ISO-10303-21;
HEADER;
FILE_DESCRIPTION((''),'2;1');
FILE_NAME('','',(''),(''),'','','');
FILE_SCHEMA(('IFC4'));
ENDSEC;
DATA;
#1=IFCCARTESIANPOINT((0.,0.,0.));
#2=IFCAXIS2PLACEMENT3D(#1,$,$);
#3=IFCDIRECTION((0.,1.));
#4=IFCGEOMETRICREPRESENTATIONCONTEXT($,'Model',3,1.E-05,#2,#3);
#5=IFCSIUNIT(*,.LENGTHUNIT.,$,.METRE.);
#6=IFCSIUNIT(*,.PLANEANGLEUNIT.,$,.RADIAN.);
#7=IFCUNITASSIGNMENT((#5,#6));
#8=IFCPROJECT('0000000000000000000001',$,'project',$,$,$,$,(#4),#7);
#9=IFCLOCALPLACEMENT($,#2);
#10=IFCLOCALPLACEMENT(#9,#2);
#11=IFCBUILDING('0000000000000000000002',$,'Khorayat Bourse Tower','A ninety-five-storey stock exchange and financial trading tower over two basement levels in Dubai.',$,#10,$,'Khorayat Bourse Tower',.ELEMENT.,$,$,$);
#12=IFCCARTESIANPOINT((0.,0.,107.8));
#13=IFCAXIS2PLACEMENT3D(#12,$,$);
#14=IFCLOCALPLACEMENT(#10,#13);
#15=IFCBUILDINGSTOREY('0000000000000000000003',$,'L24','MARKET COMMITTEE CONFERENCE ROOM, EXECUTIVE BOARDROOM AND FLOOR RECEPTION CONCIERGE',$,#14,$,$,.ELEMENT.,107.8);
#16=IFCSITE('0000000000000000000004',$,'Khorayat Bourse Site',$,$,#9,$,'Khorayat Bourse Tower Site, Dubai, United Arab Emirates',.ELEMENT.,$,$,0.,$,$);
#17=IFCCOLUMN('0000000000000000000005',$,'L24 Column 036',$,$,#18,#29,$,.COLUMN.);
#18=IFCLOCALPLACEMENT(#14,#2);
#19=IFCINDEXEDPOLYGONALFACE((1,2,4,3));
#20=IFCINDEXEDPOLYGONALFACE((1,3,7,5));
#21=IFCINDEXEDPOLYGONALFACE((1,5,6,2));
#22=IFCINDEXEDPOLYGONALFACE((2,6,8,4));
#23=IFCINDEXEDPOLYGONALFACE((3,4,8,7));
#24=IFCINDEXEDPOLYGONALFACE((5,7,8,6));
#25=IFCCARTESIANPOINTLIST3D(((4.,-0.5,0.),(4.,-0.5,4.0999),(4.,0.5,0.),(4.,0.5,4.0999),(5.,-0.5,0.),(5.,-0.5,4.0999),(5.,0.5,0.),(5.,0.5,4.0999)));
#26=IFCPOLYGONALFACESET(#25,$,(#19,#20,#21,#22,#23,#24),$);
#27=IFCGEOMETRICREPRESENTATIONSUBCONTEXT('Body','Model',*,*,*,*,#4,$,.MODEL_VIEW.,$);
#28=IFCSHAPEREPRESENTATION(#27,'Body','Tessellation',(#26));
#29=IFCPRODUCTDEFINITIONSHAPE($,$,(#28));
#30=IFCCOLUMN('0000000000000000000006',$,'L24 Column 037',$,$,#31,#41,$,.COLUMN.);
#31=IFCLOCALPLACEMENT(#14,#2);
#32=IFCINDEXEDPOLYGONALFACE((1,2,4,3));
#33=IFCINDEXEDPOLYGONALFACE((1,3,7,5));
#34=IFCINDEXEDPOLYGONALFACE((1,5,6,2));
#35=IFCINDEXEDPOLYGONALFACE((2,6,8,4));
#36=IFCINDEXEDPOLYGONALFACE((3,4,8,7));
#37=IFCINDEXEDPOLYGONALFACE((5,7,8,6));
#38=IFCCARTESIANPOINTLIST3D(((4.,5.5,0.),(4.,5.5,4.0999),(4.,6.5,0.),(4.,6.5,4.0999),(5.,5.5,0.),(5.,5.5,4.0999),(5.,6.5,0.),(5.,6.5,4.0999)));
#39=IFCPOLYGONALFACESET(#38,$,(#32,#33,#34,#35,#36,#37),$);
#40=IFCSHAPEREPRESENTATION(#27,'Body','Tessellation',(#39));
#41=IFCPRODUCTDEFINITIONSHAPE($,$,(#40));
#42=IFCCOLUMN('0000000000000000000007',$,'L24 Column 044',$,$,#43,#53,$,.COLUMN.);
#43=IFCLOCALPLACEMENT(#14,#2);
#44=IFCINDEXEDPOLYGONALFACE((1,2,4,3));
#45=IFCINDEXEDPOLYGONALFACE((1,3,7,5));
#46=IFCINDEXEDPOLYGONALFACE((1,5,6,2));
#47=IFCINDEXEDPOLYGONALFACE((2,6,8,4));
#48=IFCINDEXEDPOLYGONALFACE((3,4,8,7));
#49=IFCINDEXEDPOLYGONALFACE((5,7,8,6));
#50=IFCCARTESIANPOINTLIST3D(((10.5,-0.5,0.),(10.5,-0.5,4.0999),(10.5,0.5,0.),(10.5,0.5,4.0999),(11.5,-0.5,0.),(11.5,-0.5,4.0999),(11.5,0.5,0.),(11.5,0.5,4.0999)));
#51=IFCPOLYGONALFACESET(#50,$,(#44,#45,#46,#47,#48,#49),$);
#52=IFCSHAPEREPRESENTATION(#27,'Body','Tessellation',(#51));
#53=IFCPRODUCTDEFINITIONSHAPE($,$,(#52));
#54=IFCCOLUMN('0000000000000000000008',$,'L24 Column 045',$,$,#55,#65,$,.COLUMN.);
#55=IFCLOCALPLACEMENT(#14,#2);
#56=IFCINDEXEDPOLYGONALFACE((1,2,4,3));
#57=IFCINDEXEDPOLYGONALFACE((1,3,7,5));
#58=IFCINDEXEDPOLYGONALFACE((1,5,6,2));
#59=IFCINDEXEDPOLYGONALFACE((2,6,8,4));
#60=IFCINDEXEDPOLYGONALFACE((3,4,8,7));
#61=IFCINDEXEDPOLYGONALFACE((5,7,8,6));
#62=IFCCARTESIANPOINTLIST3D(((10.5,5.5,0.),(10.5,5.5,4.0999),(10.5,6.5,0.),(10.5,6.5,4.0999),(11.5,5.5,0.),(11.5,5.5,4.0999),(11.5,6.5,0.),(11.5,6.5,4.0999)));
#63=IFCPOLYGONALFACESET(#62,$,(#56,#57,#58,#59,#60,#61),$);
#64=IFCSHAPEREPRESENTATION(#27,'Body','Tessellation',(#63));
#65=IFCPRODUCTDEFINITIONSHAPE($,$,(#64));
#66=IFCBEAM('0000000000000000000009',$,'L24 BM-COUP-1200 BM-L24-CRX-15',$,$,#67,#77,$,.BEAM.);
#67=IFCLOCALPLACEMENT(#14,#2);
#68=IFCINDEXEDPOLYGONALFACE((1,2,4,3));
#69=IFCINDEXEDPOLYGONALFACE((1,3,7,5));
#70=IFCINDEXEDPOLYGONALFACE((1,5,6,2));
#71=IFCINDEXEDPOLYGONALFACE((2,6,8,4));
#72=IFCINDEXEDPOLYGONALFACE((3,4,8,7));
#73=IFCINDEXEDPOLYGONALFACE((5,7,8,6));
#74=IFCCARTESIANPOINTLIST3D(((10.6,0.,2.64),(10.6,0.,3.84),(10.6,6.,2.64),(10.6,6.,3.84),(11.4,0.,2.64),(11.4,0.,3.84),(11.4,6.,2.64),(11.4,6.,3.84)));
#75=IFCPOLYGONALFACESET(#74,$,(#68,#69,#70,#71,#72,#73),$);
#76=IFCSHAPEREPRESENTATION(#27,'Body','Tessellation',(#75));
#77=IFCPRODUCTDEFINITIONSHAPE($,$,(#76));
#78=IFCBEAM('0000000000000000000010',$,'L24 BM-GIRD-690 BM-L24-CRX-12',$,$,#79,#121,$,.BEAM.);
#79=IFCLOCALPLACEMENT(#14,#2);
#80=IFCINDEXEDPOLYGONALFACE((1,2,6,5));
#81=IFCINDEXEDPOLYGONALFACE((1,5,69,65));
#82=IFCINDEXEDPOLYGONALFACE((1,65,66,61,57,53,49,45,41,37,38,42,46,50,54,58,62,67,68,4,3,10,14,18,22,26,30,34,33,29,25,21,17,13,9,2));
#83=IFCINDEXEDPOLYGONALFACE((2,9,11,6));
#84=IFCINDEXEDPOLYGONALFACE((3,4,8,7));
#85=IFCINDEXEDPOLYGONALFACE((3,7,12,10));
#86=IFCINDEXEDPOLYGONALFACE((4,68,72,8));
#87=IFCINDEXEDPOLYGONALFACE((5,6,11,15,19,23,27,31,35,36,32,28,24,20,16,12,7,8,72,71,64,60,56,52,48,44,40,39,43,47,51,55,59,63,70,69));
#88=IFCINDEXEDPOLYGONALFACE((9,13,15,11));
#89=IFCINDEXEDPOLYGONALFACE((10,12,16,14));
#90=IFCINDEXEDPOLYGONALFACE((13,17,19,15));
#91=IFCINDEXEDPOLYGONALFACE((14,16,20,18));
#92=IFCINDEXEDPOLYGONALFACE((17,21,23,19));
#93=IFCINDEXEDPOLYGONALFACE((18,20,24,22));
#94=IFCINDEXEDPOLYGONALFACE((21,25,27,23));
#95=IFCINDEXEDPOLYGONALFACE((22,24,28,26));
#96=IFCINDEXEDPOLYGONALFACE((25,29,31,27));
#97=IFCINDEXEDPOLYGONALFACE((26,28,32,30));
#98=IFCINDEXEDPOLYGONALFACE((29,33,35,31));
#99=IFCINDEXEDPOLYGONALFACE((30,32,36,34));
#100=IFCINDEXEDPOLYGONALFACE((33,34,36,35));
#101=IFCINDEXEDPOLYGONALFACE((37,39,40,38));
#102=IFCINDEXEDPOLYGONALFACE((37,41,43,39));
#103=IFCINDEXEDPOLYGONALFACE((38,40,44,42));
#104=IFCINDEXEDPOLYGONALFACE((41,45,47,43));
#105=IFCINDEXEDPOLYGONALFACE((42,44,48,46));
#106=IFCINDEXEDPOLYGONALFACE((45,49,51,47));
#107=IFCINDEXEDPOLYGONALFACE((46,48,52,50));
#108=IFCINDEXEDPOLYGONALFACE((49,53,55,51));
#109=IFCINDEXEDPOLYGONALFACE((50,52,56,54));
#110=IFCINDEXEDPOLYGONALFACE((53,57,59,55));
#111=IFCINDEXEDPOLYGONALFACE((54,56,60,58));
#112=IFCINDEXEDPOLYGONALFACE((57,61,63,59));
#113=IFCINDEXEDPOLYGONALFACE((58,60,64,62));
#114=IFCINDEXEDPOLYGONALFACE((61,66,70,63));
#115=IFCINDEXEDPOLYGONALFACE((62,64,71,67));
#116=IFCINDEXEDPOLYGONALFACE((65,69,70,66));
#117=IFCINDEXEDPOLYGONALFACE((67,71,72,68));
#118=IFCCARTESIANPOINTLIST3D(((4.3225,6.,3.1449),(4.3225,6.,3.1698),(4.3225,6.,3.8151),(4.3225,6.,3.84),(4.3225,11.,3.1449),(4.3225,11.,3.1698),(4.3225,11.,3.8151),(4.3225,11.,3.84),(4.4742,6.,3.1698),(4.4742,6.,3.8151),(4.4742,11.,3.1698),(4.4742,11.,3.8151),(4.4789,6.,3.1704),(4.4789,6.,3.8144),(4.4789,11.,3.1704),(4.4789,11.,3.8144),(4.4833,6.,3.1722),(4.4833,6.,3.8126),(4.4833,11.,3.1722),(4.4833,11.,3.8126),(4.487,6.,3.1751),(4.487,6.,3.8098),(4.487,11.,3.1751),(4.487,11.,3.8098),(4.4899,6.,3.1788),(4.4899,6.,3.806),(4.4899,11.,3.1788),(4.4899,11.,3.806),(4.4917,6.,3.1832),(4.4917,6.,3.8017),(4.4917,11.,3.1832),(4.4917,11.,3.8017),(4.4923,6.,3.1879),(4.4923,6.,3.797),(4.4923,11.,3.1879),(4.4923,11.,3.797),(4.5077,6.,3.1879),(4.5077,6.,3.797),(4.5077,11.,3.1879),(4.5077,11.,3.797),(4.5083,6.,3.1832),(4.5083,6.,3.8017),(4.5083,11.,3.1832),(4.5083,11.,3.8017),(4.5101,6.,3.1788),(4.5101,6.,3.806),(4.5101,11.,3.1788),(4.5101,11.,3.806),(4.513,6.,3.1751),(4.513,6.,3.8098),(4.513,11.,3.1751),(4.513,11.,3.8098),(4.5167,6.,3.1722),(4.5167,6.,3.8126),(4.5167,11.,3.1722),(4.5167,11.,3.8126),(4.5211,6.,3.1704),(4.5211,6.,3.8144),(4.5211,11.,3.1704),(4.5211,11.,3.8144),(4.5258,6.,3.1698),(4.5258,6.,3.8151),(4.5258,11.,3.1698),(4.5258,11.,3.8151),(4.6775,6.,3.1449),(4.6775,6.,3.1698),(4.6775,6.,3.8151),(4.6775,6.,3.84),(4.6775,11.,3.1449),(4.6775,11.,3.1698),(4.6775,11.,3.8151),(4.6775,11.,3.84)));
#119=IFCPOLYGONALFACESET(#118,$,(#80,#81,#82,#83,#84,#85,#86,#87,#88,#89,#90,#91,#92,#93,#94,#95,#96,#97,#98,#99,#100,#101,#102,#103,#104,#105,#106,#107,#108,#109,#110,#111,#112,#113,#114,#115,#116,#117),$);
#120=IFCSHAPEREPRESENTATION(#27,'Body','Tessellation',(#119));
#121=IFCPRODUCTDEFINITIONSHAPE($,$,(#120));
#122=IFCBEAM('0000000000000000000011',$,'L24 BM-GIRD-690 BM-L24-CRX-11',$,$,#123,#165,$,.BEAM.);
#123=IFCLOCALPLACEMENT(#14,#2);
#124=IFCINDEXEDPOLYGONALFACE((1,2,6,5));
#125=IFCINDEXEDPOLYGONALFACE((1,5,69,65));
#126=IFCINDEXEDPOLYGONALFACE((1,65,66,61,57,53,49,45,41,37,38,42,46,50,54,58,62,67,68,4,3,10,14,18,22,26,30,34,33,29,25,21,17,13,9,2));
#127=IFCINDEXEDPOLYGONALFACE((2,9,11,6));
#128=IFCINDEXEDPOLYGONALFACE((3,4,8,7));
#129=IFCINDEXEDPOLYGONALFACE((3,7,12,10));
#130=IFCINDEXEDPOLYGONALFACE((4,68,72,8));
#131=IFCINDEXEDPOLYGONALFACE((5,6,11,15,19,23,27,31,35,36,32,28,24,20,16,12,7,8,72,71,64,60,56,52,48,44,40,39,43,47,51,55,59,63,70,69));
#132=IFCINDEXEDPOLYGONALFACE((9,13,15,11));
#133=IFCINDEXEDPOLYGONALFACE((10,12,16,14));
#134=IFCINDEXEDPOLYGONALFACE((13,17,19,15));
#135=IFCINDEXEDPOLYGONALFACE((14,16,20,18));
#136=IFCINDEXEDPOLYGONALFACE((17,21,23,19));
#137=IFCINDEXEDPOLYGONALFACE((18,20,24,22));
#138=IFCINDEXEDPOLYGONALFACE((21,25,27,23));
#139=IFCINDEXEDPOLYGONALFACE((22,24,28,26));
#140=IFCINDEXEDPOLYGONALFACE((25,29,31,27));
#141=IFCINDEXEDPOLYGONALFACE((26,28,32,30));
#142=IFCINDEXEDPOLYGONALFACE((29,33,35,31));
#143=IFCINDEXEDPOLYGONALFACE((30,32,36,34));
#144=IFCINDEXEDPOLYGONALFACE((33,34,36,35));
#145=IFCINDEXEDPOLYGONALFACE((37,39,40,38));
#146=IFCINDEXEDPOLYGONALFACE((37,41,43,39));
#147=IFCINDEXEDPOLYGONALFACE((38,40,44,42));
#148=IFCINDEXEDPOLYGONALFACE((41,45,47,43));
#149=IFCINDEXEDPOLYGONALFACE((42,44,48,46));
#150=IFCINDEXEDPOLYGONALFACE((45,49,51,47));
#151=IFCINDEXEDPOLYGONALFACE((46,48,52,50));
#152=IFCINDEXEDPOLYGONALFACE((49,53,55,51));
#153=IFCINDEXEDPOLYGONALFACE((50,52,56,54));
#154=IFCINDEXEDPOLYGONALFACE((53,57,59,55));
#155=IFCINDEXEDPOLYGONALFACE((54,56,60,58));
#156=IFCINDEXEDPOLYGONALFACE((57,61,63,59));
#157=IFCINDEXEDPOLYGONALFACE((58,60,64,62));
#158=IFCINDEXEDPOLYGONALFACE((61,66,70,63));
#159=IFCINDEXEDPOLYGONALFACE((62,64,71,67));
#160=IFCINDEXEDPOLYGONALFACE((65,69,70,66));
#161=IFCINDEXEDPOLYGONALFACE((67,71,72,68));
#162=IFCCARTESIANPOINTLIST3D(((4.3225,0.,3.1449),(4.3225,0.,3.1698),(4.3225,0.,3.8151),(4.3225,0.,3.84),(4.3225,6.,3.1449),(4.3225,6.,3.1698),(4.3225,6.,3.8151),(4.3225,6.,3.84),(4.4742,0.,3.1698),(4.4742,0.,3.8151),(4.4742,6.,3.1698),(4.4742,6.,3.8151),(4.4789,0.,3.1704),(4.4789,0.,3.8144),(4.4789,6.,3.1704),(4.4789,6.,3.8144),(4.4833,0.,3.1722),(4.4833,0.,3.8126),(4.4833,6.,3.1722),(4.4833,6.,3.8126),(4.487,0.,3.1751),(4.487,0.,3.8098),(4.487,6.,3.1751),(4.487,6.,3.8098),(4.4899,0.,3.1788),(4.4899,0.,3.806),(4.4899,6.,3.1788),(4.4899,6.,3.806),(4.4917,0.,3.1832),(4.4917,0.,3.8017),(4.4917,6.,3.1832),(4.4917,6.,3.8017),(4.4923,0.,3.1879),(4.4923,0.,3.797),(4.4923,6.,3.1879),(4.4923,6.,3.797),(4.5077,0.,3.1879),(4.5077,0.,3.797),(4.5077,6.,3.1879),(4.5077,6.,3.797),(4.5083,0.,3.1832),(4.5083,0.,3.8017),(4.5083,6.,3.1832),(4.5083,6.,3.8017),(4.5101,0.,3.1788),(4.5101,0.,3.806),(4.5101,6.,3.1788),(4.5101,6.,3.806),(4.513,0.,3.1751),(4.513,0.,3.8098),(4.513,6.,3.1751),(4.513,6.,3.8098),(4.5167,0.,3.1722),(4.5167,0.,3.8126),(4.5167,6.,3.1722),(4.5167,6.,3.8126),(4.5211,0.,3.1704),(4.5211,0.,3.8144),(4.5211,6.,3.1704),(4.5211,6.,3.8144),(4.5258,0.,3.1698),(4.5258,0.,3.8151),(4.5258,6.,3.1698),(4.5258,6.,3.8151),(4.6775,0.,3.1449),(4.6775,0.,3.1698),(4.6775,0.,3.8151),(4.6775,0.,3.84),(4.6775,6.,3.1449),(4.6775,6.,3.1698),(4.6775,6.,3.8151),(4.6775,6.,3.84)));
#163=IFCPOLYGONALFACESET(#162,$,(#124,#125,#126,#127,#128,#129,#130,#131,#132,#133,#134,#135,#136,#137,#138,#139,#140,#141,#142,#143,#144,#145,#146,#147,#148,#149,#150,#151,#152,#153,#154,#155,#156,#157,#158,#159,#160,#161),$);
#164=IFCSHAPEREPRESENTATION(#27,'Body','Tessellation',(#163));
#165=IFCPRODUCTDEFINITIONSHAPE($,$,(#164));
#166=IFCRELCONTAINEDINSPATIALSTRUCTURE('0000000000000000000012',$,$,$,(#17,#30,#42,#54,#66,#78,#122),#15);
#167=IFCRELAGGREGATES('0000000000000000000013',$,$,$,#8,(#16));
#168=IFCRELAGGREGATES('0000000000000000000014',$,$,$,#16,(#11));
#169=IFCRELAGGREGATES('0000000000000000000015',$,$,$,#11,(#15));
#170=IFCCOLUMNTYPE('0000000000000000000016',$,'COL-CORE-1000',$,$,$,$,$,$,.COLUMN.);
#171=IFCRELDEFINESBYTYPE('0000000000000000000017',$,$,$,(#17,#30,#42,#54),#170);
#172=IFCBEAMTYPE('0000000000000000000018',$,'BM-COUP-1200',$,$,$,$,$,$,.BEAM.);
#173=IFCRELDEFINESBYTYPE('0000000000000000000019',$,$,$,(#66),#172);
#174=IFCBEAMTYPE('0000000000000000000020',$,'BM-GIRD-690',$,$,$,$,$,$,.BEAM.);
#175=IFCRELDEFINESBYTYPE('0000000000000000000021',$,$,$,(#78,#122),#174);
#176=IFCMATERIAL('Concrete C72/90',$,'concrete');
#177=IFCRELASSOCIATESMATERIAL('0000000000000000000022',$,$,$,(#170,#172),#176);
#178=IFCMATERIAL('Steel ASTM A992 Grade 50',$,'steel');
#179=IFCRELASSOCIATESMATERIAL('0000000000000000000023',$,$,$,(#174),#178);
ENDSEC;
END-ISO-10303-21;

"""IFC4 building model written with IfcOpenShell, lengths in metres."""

from ifc_helpers import new_model, si_unit, direction, frame, origin, origin_2d, place, context, subcontext, project, spatial, rectangle, i_section, extrude, source, transform, mapped, material, material_profile, profile_set, type_object, element, save


model = new_model("IFC4")

# Units and contexts
model_context = context("Model", 3, precision=1e-05, world=origin(), true_north=direction((0.0, 1.0)))
body_context = subcontext(model_context, "Body", "Model", "MODEL_VIEW")
ifc_project = project(units=[si_unit("LENGTHUNIT", "METRE"), si_unit("PLANEANGLEUNIT", "RADIAN")], contexts=[model_context])

# Site, building, storey
site_placement = place(None, origin())
site = spatial("IfcSite", under=ifc_project, at=site_placement, Name="Khorayat Bourse Site", LongName="Khorayat Bourse Tower Site, Dubai, United Arab Emirates", CompositionType="ELEMENT", RefElevation=0.0)
building_placement = place(site_placement, origin())
building = spatial("IfcBuilding", under=site, at=building_placement, Name="Khorayat Bourse Tower", Description="A ninety-five-storey stock exchange and financial trading tower over two basement levels in Dubai.", LongName="Khorayat Bourse Tower", CompositionType="ELEMENT")
storey_placement = place(building_placement, frame((0.0, 0.0, 107.8)))
storey = spatial("IfcBuildingStorey", under=building, at=storey_placement, Name="L24", Description="MARKET COMMITTEE CONFERENCE ROOM, EXECUTIVE BOARDROOM AND FLOOR RECEPTION CONCIERGE", CompositionType="ELEMENT", Elevation=107.8)

# Columns
ifc_material_1 = material(Name="Concrete C72/90", Category="concrete")
ifc_material_profile_1 = material_profile(ifc_material_1, rectangle(XDim=1.0, YDim=1.0, at=origin_2d()), Name="RC 1000x1000")
ifc_profile_set_1 = profile_set([ifc_material_profile_1], Name="Concrete C72/90")
column_type = type_object("IfcColumnType", Name="COL-CORE-1000", PredefinedType="COLUMN", material=ifc_profile_set_1)
shared_shape_1 = source(origin(), body_context, "Body", "SweptSolid", [
    extrude(rectangle(XDim=1.0, YDim=1.0, at=origin_2d()), origin(), (0.0, 0.0, 1.0), 4.0999),
])
for number, where, z_axis, x_axis, name in (
    (1, (4.5, 0.0, 0.0), (0.0, 0.0, 1.0), (1.0, 0.0, 0.0), "L24 Column 036"),
    (2, (4.5, 6.0, 0.0), (0.0, 0.0, 1.0), (1.0, 0.0, 0.0), "L24 Column 037"),
    (3, (11.0, 0.0, 0.0), (0.0, 0.0, 1.0), (1.0, 0.0, 0.0), "L24 Column 044"),
    (4, (11.0, 6.0, 0.0), (0.0, 0.0, 1.0), (1.0, 0.0, 0.0), "L24 Column 045"),
):
    element("IfcColumn", number, at=place(storey_placement, frame(where, z_axis=z_axis, x_axis=x_axis)), inside=storey, type_object=column_type, Name=name, PredefinedType="COLUMN", context=body_context, shape_type="MappedRepresentation", body=[
        mapped(shared_shape_1, transform((0.0, 0.0, 0.0), scale=1.0)),
    ])

# Beams
ifc_material_profile_2 = material_profile(ifc_material_1, rectangle(XDim=0.8, YDim=1.2, at=origin_2d()), Name="RC 800x1200")
ifc_profile_set_2 = profile_set([ifc_material_profile_2], Name="Concrete C72/90")
beam_type_1 = type_object("IfcBeamType", Name="BM-COUP-1200", PredefinedType="BEAM", material=ifc_profile_set_2)
shared_shape_2 = source(origin(), body_context, "Body", "SweptSolid", [
    extrude(rectangle(XDim=0.8, YDim=1.2, at=origin_2d()), origin(), (0.0, 0.0, 1.0), 6.0),
])
beam_1_placement = place(storey_placement, frame((11.0, 0.0, 3.24), z_axis=(0.0, 1.0, 0.0), x_axis=(-1.0, 0.0, 0.0)))
element("IfcBeam", 5, at=beam_1_placement, inside=storey, type_object=beam_type_1, Name="L24 BM-COUP-1200 BM-L24-CRX-15", PredefinedType="BEAM", context=body_context, shape_type="MappedRepresentation", body=[
    mapped(shared_shape_2, transform((0.0, 0.0, 0.0), scale=1.0)),
])
ifc_material_2 = material(Name="Steel ASTM A992 Grade 50", Category="steel")
ifc_material_profile_3 = material_profile(ifc_material_2, i_section(OverallWidth=0.355, OverallDepth=0.6951, WebThickness=0.0154, FlangeThickness=0.0249, FilletRadius=0.0181, at=origin_2d()), Name="W690X217")
ifc_profile_set_3 = profile_set([ifc_material_profile_3], Name="Steel ASTM A992 Grade 50")
beam_type_2 = type_object("IfcBeamType", Name="BM-GIRD-690", PredefinedType="BEAM", material=ifc_profile_set_3)
shared_shape_3 = source(origin(), body_context, "Body", "SweptSolid", [
    extrude(i_section(OverallWidth=0.355, OverallDepth=0.6951, WebThickness=0.0154, FlangeThickness=0.0249, FilletRadius=0.0181, at=origin_2d()), origin(), (0.0, 0.0, 1.0), 5.0),
])
beam_2_placement = place(storey_placement, frame((4.5, 6.0, 3.4924), z_axis=(0.0, 1.0, 0.0), x_axis=(-1.0, 0.0, 0.0)))
element("IfcBeam", 6, at=beam_2_placement, inside=storey, type_object=beam_type_2, Name="L24 BM-GIRD-690 BM-L24-CRX-12", PredefinedType="BEAM", context=body_context, shape_type="MappedRepresentation", body=[
    mapped(shared_shape_3, transform((0.0, 0.0, 0.0), scale=1.0)),
])
shared_shape_4 = source(origin(), body_context, "Body", "SweptSolid", [
    extrude(i_section(OverallWidth=0.355, OverallDepth=0.6951, WebThickness=0.0154, FlangeThickness=0.0249, FilletRadius=0.0181, at=origin_2d()), origin(), (0.0, 0.0, 1.0), 6.0),
])
beam_3_placement = place(storey_placement, frame((4.5, 0.0, 3.4924), z_axis=(0.0, 1.0, 0.0), x_axis=(-1.0, 0.0, 0.0)))
element("IfcBeam", 7, at=beam_3_placement, inside=storey, type_object=beam_type_2, Name="L24 BM-GIRD-690 BM-L24-CRX-11", PredefinedType="BEAM", context=body_context, shape_type="MappedRepresentation", body=[
    mapped(shared_shape_4, transform((0.0, 0.0, 0.0), scale=1.0)),
])

save(model, "model.ifc")
